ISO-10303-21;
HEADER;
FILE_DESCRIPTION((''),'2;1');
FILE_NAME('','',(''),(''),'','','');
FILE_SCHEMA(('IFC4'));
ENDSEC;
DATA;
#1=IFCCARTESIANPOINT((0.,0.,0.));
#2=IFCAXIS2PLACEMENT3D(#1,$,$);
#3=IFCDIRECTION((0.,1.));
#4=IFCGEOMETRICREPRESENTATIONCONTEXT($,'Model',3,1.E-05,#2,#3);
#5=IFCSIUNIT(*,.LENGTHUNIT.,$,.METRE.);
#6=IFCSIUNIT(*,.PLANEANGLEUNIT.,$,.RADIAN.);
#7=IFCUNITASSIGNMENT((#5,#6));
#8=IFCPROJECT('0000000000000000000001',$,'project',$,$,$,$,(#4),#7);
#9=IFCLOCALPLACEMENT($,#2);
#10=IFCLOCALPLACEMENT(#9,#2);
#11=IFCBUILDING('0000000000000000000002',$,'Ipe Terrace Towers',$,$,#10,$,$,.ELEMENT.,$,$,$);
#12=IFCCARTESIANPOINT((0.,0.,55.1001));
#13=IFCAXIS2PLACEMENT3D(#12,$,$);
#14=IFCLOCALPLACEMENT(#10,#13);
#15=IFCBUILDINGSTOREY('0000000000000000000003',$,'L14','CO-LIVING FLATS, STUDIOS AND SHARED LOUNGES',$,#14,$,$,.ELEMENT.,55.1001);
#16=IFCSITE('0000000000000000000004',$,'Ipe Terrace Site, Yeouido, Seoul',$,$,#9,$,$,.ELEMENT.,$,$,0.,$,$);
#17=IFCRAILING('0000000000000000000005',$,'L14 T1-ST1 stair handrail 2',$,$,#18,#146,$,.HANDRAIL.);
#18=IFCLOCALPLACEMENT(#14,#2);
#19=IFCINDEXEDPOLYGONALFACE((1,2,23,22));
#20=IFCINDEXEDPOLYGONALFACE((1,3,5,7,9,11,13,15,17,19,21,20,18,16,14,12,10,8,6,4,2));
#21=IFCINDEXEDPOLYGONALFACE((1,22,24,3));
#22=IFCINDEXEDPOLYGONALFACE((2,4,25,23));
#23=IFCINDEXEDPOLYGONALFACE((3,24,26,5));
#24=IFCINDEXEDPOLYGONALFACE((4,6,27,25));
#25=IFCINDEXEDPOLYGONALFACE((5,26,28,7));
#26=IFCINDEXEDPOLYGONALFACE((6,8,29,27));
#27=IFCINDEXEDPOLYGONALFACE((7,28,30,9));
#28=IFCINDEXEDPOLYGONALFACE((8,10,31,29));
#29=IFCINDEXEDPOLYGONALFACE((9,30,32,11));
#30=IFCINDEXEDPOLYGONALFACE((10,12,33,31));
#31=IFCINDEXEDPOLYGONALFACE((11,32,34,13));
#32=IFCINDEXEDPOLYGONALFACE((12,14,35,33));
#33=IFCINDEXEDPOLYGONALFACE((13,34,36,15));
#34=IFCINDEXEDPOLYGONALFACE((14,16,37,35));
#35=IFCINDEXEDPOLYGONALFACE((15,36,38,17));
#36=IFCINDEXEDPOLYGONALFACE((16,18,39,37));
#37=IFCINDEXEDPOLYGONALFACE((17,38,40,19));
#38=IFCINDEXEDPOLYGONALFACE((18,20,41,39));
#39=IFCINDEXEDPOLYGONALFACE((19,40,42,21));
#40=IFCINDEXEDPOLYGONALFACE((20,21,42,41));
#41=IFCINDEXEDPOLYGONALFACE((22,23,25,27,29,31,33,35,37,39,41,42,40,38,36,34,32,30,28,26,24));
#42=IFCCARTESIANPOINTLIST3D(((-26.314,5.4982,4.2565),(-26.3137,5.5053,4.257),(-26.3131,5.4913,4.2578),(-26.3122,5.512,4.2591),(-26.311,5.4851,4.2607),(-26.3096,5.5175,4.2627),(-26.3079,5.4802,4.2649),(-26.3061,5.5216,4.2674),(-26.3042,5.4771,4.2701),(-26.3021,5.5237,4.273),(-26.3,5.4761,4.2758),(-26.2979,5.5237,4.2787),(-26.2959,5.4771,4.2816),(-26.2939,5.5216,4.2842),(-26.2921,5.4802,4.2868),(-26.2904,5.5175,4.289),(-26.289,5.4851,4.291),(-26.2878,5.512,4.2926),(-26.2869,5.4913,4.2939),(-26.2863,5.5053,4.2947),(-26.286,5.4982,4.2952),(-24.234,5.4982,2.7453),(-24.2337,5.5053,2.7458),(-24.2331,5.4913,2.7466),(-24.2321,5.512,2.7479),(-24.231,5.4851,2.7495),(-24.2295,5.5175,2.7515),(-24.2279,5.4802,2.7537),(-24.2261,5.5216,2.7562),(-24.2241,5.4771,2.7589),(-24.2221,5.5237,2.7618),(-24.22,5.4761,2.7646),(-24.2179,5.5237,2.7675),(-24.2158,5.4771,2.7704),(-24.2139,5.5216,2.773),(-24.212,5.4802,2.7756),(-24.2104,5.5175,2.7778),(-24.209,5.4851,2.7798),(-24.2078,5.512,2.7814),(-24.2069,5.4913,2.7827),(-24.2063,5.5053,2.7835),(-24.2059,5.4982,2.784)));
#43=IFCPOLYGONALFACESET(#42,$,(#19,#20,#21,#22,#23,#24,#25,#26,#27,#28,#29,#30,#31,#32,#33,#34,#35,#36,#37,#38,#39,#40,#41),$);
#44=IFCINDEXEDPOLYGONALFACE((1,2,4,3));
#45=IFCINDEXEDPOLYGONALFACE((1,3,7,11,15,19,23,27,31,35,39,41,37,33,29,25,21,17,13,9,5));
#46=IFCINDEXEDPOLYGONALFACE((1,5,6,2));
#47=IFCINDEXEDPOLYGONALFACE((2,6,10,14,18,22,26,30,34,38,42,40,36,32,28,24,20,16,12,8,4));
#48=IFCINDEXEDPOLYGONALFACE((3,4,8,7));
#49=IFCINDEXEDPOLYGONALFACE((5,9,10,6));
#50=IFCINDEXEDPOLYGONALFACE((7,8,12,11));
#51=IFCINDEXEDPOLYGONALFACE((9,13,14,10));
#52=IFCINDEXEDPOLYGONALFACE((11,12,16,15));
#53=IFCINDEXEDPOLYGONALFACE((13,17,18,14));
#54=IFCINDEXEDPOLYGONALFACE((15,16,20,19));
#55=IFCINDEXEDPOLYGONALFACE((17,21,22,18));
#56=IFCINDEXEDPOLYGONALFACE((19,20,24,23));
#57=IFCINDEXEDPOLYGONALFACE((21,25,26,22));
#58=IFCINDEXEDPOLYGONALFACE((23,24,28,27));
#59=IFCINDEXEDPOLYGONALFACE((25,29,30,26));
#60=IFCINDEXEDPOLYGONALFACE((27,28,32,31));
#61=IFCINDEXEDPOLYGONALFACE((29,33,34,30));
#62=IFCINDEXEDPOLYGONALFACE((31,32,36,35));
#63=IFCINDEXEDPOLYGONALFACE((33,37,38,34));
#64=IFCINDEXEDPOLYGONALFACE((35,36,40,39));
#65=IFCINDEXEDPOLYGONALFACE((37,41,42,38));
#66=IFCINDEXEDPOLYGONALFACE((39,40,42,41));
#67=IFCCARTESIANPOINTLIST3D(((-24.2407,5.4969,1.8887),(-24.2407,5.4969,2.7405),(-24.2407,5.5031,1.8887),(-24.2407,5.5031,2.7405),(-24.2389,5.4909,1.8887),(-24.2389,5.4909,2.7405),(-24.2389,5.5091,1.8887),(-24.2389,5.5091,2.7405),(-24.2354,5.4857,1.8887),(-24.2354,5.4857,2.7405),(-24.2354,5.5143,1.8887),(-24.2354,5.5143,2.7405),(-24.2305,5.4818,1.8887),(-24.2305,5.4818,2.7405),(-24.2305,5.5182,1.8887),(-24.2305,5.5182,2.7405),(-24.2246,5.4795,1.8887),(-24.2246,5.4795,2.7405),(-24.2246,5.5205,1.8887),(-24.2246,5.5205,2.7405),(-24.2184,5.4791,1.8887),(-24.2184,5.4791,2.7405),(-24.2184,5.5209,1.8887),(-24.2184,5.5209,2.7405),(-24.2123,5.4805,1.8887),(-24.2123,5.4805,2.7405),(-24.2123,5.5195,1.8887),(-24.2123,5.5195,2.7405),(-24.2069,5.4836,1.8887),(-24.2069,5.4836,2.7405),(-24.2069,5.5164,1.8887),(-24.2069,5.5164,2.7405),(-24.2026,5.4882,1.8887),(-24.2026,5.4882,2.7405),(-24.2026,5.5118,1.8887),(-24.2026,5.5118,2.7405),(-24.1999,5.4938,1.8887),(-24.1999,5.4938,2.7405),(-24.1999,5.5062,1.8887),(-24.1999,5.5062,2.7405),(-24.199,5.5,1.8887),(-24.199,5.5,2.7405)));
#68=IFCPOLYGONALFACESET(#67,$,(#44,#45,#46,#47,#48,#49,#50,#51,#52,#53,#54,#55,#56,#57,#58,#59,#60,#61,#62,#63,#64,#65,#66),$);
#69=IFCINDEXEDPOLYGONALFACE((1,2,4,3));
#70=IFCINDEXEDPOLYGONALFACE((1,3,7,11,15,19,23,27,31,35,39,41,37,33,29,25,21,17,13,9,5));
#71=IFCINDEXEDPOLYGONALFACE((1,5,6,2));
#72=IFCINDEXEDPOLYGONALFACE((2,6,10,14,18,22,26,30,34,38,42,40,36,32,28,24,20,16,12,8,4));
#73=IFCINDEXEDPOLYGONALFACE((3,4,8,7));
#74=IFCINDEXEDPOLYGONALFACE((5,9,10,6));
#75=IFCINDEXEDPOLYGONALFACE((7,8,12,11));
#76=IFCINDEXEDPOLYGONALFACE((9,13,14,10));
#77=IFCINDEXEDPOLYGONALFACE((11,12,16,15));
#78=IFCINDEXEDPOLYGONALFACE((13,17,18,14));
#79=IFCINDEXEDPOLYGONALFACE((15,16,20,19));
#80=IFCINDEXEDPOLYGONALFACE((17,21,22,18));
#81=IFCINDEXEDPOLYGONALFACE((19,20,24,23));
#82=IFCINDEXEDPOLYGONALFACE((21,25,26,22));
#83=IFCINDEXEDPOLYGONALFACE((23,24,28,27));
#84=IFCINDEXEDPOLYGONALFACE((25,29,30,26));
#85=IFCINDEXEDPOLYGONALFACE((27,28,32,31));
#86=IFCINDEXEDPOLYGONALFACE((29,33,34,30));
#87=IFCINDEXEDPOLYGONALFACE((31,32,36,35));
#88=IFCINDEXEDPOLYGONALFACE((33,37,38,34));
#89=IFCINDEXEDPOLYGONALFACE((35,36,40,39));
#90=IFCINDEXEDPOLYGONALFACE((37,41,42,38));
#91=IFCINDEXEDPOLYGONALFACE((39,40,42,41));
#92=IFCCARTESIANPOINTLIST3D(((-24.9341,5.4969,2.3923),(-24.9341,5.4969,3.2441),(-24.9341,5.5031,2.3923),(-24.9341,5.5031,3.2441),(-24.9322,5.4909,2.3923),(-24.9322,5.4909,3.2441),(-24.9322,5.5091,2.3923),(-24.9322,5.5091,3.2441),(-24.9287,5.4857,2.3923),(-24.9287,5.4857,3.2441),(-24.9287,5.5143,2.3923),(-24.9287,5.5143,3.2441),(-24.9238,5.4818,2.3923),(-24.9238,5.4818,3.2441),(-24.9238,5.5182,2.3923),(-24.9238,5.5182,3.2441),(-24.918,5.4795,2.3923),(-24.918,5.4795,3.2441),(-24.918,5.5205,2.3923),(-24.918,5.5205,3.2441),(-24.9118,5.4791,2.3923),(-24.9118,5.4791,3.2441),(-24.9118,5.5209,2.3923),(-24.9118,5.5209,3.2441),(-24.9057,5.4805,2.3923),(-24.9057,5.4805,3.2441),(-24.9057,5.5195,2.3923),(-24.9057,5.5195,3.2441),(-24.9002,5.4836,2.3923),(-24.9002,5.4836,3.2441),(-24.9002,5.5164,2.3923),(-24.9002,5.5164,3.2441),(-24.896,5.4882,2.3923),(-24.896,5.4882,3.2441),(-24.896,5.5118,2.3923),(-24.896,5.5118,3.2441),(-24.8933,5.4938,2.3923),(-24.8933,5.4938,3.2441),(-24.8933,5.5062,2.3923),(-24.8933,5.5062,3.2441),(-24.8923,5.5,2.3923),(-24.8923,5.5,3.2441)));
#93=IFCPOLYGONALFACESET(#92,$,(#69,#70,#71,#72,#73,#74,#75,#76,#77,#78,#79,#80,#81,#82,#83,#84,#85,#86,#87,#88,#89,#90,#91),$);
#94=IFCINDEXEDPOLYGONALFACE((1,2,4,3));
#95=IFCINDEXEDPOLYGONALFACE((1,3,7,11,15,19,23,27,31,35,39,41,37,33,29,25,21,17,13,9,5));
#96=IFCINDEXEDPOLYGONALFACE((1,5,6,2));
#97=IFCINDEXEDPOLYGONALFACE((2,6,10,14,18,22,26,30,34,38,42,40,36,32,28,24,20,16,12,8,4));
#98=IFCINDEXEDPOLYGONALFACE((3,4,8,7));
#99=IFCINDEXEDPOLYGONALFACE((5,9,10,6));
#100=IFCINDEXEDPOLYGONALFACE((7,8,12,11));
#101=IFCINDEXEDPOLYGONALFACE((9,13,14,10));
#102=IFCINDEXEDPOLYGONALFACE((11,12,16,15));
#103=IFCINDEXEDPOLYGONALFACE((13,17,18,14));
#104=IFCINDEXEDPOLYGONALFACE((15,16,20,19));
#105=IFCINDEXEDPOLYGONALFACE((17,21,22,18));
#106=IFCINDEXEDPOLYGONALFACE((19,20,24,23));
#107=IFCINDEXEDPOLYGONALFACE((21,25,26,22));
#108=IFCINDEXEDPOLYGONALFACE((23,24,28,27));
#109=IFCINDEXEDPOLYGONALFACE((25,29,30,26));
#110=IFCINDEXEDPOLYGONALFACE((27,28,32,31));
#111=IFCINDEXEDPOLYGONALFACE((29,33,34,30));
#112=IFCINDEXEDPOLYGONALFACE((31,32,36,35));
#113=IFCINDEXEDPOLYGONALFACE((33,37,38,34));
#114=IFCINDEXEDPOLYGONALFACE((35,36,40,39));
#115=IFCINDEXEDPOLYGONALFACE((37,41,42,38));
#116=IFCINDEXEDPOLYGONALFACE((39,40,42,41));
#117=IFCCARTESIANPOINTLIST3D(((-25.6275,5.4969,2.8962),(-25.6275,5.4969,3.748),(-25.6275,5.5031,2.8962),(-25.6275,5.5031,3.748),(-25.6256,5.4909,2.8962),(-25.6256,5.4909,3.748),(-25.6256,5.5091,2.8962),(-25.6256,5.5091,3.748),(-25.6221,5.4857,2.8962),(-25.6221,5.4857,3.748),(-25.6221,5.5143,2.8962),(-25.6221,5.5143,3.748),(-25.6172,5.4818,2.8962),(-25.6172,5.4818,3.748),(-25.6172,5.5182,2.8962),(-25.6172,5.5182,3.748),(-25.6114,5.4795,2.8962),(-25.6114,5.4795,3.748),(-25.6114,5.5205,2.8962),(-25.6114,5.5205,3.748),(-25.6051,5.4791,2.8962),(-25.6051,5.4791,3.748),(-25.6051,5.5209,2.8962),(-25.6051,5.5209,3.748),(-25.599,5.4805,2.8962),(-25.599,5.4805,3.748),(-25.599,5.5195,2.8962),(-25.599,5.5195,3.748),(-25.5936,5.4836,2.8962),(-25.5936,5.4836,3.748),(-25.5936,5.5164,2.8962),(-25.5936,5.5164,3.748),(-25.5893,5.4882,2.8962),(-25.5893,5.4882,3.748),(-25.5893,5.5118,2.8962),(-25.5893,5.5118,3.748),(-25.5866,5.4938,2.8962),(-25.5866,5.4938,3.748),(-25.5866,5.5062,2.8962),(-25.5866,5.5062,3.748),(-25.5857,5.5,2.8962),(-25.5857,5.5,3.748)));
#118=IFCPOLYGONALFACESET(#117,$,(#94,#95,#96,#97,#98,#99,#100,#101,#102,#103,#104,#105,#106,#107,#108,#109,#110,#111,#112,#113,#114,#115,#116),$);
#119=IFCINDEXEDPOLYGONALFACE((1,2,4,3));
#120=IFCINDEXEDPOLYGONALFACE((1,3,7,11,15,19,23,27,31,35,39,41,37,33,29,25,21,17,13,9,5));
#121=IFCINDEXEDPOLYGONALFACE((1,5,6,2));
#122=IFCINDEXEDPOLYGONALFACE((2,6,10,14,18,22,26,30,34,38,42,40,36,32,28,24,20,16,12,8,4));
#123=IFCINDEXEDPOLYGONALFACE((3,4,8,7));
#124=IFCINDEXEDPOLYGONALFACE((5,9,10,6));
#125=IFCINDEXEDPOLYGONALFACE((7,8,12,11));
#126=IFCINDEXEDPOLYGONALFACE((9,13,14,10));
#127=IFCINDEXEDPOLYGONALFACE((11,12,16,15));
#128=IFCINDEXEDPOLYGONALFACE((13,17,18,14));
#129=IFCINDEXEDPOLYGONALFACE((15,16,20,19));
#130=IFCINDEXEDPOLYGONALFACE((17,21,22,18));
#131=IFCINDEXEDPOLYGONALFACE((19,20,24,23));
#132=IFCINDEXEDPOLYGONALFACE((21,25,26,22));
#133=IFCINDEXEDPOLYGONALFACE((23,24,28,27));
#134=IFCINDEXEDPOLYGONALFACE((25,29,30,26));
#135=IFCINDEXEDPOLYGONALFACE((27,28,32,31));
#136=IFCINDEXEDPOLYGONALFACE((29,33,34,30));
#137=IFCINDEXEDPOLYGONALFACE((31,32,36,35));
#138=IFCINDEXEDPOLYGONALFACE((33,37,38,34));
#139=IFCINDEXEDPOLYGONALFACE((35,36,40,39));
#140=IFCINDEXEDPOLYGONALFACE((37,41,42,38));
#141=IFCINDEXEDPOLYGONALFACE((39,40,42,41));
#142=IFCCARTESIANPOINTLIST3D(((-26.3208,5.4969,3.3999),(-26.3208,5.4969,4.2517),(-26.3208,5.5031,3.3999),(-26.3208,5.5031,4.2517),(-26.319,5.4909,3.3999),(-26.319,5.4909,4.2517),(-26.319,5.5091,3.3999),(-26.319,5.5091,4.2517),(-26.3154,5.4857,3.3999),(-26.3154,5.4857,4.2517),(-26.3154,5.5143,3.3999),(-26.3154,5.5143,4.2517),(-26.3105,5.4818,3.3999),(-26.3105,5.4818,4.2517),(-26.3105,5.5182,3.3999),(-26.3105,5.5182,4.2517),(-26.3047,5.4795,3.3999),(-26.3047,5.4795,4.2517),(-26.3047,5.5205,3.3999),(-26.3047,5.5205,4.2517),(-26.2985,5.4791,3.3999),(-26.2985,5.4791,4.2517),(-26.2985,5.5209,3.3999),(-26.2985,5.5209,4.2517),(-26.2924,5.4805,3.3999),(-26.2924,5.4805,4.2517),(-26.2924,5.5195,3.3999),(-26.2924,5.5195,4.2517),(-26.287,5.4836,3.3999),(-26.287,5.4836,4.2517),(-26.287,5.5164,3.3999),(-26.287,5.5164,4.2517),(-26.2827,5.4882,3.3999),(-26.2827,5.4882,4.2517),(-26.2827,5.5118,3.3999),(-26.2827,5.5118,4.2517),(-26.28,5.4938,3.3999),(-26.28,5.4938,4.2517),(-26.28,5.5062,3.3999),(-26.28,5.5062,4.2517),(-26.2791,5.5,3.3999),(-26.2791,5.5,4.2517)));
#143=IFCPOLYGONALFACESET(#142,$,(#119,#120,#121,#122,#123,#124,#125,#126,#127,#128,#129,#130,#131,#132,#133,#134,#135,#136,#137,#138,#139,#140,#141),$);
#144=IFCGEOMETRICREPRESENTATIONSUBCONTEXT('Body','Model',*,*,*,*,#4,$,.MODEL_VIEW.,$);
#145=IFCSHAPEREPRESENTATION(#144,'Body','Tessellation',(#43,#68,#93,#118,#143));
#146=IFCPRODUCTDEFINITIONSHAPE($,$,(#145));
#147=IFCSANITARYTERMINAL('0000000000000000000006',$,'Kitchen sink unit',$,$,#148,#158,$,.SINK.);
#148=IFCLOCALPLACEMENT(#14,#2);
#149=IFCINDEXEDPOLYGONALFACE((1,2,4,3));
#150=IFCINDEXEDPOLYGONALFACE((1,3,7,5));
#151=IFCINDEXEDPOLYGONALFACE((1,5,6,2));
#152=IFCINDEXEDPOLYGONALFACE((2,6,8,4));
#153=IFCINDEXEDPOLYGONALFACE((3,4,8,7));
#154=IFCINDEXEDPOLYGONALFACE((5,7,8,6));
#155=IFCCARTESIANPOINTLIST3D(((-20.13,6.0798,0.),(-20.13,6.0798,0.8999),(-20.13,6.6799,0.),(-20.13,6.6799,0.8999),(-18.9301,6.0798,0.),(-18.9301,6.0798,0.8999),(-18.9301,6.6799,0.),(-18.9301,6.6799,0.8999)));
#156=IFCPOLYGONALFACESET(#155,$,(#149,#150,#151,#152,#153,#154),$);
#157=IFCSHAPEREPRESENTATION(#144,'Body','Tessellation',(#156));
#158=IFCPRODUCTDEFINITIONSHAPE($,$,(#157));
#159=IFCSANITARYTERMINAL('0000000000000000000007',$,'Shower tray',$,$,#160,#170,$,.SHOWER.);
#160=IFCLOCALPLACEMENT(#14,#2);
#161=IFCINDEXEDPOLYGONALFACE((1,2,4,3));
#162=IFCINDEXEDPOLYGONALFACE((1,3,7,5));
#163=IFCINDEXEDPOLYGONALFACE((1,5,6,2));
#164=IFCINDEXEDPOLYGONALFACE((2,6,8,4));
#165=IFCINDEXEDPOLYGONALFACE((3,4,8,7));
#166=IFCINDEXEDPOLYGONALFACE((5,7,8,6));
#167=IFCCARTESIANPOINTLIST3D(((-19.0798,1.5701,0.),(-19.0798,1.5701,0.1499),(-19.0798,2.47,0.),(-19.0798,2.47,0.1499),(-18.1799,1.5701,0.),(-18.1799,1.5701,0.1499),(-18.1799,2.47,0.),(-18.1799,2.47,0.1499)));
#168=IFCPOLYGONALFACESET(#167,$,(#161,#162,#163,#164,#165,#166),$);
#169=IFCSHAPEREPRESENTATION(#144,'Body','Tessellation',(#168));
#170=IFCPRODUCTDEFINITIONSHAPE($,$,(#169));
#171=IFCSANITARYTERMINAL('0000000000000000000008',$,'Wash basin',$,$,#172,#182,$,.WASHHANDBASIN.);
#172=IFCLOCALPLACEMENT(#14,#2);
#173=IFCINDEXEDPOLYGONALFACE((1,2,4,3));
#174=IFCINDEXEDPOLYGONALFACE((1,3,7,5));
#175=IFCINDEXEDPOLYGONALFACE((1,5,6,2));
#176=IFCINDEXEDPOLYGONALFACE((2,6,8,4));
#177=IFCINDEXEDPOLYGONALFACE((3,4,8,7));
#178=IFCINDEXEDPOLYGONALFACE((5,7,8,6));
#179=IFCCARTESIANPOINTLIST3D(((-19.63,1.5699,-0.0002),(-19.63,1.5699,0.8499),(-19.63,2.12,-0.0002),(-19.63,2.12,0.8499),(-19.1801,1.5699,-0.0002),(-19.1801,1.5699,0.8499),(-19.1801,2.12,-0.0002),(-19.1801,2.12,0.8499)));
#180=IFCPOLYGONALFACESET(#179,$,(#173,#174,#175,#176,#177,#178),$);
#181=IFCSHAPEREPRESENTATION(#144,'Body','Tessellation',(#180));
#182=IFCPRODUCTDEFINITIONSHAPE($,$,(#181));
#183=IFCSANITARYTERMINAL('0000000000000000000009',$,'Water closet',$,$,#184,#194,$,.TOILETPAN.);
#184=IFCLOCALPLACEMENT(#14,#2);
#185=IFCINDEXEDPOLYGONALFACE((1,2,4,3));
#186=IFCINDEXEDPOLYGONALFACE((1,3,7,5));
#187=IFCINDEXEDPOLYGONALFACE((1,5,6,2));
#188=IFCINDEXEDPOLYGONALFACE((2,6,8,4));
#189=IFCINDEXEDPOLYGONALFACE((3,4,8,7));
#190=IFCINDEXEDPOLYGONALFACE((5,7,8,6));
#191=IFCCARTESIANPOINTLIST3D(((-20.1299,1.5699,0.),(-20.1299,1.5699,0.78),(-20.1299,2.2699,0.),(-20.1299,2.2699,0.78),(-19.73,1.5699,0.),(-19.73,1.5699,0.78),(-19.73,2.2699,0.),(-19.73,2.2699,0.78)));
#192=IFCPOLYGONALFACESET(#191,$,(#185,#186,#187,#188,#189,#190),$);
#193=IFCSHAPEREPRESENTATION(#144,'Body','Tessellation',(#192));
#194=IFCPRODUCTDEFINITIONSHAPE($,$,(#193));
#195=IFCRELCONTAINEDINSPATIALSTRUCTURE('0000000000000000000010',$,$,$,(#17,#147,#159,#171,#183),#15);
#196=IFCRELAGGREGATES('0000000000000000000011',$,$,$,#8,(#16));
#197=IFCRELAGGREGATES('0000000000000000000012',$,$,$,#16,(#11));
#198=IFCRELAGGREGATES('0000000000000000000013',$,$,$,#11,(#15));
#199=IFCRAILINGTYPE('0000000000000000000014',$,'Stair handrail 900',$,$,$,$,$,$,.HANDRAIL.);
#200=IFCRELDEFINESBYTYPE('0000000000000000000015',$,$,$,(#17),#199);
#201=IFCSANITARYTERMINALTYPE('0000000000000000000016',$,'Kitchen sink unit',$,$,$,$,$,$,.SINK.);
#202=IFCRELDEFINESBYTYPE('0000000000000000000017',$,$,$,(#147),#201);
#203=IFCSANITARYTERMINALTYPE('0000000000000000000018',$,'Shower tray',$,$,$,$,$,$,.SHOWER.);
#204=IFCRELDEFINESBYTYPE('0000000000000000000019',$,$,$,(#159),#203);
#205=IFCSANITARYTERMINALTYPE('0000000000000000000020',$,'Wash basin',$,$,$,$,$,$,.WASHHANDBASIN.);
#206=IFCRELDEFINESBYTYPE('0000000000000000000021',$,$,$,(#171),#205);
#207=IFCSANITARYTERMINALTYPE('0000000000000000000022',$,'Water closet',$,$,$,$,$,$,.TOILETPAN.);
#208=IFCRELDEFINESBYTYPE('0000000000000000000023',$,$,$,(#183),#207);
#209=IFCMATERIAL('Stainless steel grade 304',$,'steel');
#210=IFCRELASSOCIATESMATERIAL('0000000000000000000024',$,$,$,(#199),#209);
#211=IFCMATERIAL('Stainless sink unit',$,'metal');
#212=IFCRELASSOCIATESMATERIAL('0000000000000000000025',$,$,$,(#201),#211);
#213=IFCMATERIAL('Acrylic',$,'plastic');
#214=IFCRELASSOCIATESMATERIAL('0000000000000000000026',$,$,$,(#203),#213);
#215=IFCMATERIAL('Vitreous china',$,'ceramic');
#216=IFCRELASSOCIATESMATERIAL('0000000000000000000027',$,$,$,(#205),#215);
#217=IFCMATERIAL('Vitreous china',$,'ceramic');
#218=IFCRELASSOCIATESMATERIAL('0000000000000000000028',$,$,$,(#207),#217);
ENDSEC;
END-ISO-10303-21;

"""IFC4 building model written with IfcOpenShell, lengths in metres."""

from ifc_helpers import new_model, si_unit, direction, frame, origin, origin_2d, place, context, subcontext, project, spatial, rectangle, circle, extrude, material, type_object, element, save


model = new_model("IFC4")

# Units and contexts
model_context = context("Model", 3, precision=1e-05, world=origin(), true_north=direction((0.0, 1.0)))
body_context = subcontext(model_context, "Body", "Model", "MODEL_VIEW")
ifc_project = project(units=[si_unit("LENGTHUNIT", "METRE"), si_unit("PLANEANGLEUNIT", "RADIAN")], contexts=[model_context])

# Site, building, storey
site_placement = place(None, origin())
site = spatial("IfcSite", under=ifc_project, at=site_placement, Name="Ipe Terrace Site, Yeouido, Seoul", CompositionType="ELEMENT", RefElevation=0.0)
building_placement = place(site_placement, origin())
building = spatial("IfcBuilding", under=site, at=building_placement, Name="Ipe Terrace Towers", CompositionType="ELEMENT")
storey_placement = place(building_placement, frame((0.0, 0.0, 55.1001)))
storey = spatial("IfcBuildingStorey", under=building, at=storey_placement, Name="L14", Description="CO-LIVING FLATS, STUDIOS AND SHARED LOUNGES", CompositionType="ELEMENT", Elevation=55.1001)

# Railing
ifc_material_1 = material(Name="Stainless steel grade 304", Category="steel")
railing_type_1 = type_object("IfcRailingType", Name="Stair handrail 900", PredefinedType="HANDRAIL", material=ifc_material_1)
railing_1_placement = place(storey_placement, frame((-24.22, 5.5, 1.8887)))
element("IfcRailing", 1, at=railing_1_placement, inside=storey, type_object=railing_type_1, Name="L14 T1-ST1 stair handrail 2", PredefinedType="HANDRAIL", context=body_context, shape_type="SweptSolid", body=[
    extrude(circle(Radius=0.0239, at=origin_2d()), frame((0.0, 0.0, 0.876), z_axis=(-0.809023, 0.0, 0.587776), x_axis=(0.0, -1.0, 0.0)), (0.0, 0.0, 1.0), 2.571),
    extrude(circle(Radius=0.021, at=origin_2d()), origin(), (0.0, 0.0, 1.0), 0.8518),
    extrude(circle(Radius=0.021, at=origin_2d()), frame((-0.6934, 0.0, 0.5037)), (0.0, 0.0, 1.0), 0.8518),
    extrude(circle(Radius=0.021, at=origin_2d()), frame((-1.3867, 0.0, 1.0076)), (0.0, 0.0, 1.0), 0.8518),
    extrude(circle(Radius=0.021, at=origin_2d()), frame((-2.0801, 0.0, 1.5112)), (0.0, 0.0, 1.0), 0.8518),
])

# Sanitary terminals
ifc_material_2 = material(Name="Stainless sink unit", Category="metal")
sanitary_terminal_type_1 = type_object("IfcSanitaryTerminalType", Name="Kitchen sink unit", PredefinedType="SINK", material=ifc_material_2)
sanitary_terminal_1_placement = place(storey_placement, frame((-19.53, 6.3799, 0.0), z_axis=(0.0, 0.0, 1.0), x_axis=(1.0, 0.0, 0.0)))
element("IfcSanitaryTerminal", 2, at=sanitary_terminal_1_placement, inside=storey, type_object=sanitary_terminal_type_1, Name="Kitchen sink unit", PredefinedType="SINK", context=body_context, shape_type="SweptSolid", body=[
    extrude(rectangle(XDim=1.2, YDim=0.6001, at=origin_2d()), origin(), (0.0, 0.0, 1.0), 0.8999),
])
ifc_material_3 = material(Name="Acrylic", Category="plastic")
sanitary_terminal_type_2 = type_object("IfcSanitaryTerminalType", Name="Shower tray", PredefinedType="SHOWER", material=ifc_material_3)
sanitary_terminal_2_placement = place(storey_placement, frame((-18.6299, 2.02, 0.0), z_axis=(0.0, 0.0, 1.0), x_axis=(0.0, 1.0, 0.0)))
element("IfcSanitaryTerminal", 3, at=sanitary_terminal_2_placement, inside=storey, type_object=sanitary_terminal_type_2, Name="Shower tray", PredefinedType="SHOWER", context=body_context, shape_type="SweptSolid", body=[
    extrude(rectangle(XDim=0.8999, YDim=0.8999, at=origin_2d()), origin(), (0.0, 0.0, 1.0), 0.1499),
])
ifc_material_4 = material(Name="Vitreous china", Category="ceramic")
sanitary_terminal_type_3 = type_object("IfcSanitaryTerminalType", Name="Wash basin", PredefinedType="WASHHANDBASIN", material=ifc_material_4)
sanitary_terminal_3_placement = place(storey_placement, frame((-19.405, 1.845, -0.0002), z_axis=(0.0, 0.0, 1.0), x_axis=(0.0, 1.0, 0.0)))
element("IfcSanitaryTerminal", 4, at=sanitary_terminal_3_placement, inside=storey, type_object=sanitary_terminal_type_3, Name="Wash basin", PredefinedType="WASHHANDBASIN", context=body_context, shape_type="SweptSolid", body=[
    extrude(rectangle(XDim=0.55, YDim=0.45, at=origin_2d()), origin(), (0.0, 0.0, 1.0), 0.8501),
])
ifc_material_5 = material(Name="Vitreous china", Category="ceramic")
sanitary_terminal_type_4 = type_object("IfcSanitaryTerminalType", Name="Water closet", PredefinedType="TOILETPAN", material=ifc_material_5)
sanitary_terminal_4_placement = place(storey_placement, frame((-19.9299, 1.9199, 0.0), z_axis=(0.0, 0.0, 1.0), x_axis=(0.0, 1.0, 0.0)))
element("IfcSanitaryTerminal", 5, at=sanitary_terminal_4_placement, inside=storey, type_object=sanitary_terminal_type_4, Name="Water closet", PredefinedType="TOILETPAN", context=body_context, shape_type="SweptSolid", body=[
    extrude(rectangle(XDim=0.7, YDim=0.3999, at=origin_2d()), origin(), (0.0, 0.0, 1.0), 0.78),
])

save(model, "model.ifc")
